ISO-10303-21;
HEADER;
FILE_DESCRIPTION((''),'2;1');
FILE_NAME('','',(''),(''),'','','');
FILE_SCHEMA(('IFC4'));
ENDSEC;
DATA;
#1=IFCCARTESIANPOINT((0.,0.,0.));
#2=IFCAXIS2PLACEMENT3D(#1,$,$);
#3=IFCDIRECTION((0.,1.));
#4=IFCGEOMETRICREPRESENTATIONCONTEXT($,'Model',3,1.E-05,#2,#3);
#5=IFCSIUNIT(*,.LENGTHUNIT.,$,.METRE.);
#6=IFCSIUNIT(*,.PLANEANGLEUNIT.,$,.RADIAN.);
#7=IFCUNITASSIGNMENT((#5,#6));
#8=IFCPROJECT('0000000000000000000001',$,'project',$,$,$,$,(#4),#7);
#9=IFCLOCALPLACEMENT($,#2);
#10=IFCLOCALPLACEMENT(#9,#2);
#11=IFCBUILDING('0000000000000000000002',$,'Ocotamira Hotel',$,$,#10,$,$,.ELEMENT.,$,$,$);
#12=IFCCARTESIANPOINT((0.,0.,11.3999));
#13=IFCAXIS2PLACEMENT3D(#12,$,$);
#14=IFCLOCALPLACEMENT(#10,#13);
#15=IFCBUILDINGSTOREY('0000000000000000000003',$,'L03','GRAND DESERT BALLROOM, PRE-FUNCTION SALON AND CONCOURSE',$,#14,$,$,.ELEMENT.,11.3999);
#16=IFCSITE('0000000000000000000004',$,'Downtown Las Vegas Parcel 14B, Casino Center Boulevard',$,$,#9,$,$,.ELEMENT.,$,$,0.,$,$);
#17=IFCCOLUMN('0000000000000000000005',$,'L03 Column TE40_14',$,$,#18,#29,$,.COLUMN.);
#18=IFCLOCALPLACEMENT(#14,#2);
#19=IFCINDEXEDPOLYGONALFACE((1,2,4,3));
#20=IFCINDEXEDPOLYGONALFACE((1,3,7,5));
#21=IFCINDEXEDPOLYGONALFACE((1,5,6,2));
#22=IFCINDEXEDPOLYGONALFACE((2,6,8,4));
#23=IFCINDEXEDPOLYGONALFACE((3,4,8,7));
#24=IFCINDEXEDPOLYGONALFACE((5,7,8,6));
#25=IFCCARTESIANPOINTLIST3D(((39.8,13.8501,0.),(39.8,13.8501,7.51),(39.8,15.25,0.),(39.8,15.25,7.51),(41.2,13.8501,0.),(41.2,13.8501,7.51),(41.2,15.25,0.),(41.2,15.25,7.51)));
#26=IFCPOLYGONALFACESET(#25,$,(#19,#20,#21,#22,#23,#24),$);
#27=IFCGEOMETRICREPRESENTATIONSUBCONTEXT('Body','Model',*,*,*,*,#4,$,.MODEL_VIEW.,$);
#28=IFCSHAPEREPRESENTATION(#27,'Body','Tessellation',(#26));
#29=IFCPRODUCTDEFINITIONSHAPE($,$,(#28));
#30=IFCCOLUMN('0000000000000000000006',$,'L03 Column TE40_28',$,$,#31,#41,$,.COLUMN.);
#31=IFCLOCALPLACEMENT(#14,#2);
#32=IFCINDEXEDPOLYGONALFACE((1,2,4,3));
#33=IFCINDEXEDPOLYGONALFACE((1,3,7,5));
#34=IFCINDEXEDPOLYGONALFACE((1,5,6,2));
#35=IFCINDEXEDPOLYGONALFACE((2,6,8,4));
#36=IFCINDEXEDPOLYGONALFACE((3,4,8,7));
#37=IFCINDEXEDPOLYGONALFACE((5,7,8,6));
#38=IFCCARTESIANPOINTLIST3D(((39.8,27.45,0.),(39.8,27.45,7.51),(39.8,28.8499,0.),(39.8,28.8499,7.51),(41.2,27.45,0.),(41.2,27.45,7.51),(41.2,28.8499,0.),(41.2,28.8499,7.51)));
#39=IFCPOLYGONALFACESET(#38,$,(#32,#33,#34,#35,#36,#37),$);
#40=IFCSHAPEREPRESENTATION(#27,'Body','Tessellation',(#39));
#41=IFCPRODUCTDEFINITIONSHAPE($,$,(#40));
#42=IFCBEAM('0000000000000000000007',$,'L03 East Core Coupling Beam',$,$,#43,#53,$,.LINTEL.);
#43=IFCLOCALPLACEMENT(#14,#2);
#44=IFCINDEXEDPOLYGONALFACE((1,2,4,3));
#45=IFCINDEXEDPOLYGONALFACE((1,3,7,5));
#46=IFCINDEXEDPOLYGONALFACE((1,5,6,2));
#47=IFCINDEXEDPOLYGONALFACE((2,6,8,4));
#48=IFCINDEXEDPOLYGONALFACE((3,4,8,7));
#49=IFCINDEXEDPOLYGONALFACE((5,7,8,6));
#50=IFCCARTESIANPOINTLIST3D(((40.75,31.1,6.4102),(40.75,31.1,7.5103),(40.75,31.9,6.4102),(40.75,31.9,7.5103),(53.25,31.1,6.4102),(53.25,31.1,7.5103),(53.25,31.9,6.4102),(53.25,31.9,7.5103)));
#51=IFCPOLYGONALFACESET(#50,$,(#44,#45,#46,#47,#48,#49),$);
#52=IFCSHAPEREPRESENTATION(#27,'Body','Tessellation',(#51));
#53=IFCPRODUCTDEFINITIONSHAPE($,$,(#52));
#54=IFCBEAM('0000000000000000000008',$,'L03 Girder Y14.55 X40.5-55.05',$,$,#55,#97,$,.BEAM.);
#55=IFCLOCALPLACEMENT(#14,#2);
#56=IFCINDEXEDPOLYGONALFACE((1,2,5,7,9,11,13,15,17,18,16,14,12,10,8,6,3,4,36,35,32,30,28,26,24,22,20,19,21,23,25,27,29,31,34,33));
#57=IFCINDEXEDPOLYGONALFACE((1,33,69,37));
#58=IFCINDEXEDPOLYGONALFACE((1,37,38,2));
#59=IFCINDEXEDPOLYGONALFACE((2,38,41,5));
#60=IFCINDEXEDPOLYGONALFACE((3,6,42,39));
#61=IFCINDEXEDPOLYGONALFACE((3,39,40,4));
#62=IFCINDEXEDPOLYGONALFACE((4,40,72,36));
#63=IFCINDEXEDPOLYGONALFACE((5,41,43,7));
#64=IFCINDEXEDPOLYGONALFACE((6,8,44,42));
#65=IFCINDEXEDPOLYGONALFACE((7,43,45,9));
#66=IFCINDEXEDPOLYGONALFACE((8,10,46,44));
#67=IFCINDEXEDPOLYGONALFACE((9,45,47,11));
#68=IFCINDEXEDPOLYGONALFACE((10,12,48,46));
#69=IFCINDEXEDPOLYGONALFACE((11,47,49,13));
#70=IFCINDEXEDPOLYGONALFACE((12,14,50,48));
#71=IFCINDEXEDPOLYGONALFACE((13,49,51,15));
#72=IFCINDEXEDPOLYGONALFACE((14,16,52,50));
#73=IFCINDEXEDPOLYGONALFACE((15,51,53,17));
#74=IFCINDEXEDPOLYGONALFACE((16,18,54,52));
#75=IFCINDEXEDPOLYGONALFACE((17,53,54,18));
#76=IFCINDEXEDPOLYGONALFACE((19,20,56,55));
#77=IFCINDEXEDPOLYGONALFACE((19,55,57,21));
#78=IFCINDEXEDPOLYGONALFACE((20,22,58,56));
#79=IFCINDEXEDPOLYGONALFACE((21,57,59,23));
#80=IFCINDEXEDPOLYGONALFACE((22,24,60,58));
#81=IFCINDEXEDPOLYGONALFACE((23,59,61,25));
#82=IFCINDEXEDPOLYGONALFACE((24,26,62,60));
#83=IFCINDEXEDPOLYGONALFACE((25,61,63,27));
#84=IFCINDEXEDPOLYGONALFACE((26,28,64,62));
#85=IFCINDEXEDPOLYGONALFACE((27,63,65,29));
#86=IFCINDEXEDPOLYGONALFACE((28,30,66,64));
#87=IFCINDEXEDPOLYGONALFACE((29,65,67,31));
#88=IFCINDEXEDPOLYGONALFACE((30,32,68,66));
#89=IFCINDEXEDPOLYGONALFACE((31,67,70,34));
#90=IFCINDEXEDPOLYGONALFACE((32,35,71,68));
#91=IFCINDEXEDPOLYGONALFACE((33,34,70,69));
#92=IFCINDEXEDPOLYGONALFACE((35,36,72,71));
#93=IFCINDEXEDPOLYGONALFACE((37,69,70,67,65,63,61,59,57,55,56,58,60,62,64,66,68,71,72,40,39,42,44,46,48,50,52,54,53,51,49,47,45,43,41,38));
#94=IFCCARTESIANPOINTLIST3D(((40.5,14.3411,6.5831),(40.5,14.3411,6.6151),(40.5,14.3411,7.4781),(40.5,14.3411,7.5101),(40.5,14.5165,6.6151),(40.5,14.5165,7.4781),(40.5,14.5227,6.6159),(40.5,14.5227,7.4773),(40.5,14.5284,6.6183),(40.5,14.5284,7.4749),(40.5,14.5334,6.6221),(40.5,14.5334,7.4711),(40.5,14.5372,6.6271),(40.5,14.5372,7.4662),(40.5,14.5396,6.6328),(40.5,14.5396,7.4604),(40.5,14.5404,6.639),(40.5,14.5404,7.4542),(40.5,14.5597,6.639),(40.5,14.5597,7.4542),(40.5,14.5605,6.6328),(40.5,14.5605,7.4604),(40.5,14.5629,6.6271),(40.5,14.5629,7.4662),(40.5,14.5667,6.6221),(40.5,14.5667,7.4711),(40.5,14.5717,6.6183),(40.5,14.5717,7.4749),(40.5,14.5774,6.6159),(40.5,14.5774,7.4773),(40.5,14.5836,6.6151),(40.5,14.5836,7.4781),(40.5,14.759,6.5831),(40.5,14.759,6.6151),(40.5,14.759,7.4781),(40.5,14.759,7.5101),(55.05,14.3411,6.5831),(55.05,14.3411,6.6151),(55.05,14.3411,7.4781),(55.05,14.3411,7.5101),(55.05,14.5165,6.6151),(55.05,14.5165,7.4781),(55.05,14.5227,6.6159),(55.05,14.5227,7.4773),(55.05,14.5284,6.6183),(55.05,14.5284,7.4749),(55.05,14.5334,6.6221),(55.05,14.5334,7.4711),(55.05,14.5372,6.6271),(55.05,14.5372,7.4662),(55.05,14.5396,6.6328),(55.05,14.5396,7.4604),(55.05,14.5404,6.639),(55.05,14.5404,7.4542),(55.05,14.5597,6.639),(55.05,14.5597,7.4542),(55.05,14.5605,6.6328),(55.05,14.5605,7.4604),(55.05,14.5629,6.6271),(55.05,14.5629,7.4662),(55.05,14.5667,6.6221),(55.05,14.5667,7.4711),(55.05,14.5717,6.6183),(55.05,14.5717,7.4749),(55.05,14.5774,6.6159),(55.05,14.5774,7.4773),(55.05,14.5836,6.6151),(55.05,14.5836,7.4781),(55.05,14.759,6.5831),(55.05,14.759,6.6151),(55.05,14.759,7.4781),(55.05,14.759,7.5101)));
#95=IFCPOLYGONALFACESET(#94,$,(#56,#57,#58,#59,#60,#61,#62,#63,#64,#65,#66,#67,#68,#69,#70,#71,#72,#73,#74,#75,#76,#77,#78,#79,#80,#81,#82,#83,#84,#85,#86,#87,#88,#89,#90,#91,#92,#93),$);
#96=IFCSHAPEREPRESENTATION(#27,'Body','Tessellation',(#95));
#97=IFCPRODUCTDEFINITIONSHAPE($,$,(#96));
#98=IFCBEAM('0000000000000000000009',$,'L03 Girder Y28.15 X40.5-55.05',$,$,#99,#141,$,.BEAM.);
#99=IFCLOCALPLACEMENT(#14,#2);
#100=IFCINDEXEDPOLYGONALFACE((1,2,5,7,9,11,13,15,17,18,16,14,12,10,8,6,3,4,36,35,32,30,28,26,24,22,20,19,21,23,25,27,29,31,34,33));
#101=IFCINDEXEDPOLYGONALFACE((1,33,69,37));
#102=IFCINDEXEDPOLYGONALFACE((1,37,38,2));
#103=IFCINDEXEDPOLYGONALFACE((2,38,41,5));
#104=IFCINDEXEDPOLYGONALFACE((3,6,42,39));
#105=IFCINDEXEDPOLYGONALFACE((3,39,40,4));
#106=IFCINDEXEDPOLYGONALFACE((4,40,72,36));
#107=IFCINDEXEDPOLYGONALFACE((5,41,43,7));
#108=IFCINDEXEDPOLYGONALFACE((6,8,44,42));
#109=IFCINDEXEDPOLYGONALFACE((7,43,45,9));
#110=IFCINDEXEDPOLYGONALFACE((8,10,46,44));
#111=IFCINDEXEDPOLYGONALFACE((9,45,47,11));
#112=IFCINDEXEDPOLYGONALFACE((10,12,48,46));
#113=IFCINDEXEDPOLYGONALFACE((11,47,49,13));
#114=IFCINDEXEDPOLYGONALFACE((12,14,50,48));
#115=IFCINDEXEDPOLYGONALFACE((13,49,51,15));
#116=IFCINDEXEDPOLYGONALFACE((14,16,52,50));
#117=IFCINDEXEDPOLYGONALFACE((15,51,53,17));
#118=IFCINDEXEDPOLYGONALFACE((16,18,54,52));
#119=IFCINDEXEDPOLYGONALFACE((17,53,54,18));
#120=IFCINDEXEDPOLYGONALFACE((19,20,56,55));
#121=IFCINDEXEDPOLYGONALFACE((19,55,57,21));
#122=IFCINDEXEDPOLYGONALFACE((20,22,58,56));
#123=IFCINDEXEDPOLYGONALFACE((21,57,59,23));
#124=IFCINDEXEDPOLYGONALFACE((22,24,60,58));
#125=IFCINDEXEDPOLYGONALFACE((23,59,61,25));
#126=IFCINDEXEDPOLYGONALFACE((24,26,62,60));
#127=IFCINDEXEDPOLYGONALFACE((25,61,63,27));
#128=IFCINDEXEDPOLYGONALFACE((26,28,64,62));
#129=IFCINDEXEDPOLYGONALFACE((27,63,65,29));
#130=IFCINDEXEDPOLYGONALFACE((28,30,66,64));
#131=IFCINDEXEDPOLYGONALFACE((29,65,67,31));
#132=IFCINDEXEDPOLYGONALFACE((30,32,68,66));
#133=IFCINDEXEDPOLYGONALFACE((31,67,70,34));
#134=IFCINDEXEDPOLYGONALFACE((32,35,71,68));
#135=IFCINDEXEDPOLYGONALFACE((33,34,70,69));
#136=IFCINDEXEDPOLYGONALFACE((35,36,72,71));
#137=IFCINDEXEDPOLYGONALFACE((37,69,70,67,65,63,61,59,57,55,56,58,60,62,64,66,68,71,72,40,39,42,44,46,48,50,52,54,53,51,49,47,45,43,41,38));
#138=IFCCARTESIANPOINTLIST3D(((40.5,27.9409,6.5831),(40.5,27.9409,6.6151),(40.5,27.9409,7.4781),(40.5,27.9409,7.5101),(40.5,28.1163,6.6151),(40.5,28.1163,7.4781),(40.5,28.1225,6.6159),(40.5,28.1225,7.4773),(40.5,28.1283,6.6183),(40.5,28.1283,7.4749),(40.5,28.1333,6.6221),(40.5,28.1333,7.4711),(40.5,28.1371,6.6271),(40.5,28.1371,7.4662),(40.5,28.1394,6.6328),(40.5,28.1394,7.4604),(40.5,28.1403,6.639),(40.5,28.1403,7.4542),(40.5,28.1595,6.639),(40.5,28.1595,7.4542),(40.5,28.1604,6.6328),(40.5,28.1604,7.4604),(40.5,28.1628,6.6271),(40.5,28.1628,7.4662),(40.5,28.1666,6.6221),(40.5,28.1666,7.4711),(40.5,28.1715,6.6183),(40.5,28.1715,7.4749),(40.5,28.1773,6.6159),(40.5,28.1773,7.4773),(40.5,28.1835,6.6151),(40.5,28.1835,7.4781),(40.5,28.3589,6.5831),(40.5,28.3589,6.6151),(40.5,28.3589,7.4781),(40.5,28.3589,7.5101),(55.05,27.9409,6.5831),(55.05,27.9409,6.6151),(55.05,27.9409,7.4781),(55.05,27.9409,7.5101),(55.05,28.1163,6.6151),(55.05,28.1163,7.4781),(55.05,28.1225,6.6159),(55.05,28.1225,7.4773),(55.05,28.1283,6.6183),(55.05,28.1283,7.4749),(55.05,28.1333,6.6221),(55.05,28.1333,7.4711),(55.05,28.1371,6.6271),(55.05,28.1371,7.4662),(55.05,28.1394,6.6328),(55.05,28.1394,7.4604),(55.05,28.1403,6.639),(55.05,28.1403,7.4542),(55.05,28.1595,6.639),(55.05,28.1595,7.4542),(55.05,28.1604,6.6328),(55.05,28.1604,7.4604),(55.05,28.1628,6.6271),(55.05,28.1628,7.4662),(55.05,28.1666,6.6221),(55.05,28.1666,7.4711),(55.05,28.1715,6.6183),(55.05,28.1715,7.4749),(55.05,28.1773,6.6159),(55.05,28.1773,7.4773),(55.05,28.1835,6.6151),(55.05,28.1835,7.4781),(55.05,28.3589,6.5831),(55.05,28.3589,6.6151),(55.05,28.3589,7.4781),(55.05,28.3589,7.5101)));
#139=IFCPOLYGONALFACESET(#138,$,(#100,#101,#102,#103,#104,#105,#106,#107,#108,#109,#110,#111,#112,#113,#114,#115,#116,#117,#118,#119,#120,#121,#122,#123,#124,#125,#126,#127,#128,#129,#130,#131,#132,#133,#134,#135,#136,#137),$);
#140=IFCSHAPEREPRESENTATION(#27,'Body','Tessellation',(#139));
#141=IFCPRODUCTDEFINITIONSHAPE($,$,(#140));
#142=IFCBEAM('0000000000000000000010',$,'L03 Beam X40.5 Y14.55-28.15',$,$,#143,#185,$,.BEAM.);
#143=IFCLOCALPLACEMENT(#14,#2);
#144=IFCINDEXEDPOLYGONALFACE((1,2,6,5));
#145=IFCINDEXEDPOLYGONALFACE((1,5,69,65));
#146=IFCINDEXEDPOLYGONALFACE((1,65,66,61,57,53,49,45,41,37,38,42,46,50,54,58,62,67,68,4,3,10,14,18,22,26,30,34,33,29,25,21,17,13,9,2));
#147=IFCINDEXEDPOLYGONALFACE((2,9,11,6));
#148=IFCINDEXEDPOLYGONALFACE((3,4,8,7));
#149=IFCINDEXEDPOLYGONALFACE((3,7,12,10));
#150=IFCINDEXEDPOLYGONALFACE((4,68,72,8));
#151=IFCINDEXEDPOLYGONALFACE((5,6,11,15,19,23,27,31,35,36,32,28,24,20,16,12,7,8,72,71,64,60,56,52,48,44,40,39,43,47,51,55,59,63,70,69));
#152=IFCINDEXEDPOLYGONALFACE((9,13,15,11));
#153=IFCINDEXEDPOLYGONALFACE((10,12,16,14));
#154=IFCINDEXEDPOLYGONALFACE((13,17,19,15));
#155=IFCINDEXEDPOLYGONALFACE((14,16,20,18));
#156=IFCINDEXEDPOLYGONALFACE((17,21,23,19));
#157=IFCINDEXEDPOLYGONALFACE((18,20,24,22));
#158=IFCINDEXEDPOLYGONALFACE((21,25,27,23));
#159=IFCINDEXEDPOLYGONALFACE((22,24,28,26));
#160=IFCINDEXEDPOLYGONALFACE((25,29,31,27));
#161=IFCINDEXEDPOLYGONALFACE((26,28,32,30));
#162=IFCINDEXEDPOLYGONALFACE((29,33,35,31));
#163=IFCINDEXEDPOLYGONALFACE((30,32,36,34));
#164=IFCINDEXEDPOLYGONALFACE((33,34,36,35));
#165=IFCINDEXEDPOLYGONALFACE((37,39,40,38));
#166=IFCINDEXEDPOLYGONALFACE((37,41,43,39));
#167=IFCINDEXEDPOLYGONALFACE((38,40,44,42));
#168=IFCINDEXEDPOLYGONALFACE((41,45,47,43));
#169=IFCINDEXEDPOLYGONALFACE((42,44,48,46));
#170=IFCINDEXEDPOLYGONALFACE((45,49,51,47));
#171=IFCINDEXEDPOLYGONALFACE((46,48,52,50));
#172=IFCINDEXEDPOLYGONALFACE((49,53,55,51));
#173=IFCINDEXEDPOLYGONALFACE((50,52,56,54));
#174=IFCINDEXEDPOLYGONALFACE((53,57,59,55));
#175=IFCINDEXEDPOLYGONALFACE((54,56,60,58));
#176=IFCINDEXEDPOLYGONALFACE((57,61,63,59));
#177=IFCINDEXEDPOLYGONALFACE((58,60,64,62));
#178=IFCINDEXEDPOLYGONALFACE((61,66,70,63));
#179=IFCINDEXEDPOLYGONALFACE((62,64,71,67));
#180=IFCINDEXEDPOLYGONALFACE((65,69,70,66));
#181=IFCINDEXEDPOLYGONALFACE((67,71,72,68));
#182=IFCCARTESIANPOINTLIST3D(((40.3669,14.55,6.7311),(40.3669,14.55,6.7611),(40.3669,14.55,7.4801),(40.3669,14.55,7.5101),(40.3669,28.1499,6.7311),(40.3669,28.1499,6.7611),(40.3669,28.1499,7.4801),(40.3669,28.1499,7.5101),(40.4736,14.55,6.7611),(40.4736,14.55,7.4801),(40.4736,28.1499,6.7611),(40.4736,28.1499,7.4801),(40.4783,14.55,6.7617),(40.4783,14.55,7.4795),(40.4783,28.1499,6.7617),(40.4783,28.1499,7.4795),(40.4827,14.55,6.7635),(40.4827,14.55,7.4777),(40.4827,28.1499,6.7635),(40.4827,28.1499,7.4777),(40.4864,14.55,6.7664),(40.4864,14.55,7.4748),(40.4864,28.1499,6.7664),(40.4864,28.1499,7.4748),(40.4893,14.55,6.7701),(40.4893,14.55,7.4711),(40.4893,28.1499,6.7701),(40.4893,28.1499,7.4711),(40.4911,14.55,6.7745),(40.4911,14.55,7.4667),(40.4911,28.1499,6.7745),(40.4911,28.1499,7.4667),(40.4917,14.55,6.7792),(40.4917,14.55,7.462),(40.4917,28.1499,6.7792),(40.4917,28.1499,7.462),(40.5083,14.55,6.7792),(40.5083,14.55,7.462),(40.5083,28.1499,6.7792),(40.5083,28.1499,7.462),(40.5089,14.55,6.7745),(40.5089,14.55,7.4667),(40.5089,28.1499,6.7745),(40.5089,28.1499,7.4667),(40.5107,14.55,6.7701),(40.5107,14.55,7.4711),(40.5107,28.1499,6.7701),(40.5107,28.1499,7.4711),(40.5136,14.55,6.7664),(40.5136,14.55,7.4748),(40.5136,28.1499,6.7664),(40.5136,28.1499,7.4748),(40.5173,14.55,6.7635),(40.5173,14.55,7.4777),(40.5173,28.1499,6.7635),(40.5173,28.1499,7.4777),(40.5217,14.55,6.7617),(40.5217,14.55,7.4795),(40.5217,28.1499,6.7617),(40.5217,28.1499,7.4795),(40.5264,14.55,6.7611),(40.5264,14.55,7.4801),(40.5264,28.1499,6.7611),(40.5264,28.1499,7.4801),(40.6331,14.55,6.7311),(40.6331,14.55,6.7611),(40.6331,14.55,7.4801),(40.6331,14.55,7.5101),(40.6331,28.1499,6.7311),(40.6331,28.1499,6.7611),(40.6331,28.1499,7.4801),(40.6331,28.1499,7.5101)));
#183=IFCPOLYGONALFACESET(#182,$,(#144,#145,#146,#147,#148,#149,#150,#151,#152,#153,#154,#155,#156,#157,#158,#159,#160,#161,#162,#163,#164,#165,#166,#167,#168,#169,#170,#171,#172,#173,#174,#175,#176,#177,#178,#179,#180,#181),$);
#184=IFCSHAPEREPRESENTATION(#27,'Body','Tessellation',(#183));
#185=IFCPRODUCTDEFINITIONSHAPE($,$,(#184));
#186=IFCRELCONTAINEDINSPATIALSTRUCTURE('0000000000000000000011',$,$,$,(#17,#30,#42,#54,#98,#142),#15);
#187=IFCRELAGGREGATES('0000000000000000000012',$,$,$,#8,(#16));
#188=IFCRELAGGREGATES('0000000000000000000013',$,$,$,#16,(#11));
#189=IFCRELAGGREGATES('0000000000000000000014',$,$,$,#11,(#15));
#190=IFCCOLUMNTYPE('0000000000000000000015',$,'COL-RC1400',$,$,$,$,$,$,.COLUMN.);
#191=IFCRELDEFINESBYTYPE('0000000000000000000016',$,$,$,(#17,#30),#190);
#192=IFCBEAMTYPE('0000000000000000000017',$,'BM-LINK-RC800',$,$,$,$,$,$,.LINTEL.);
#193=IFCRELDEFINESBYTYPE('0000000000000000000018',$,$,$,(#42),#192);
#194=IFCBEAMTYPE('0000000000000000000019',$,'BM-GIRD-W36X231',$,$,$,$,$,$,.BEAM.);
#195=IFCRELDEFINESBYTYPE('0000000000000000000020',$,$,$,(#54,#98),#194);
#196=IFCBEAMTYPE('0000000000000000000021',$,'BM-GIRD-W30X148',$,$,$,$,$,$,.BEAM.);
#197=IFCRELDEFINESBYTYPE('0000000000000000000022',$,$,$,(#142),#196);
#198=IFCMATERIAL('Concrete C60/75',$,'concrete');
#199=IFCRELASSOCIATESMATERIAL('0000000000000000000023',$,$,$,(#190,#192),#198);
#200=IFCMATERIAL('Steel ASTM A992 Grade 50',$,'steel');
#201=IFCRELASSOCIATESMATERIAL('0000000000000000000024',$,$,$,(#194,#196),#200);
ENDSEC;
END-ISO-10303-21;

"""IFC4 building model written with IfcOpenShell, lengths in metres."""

from ifc_helpers import new_model, si_unit, direction, frame, origin, origin_2d, place, context, subcontext, project, spatial, rectangle, i_section, extrude, source, transform, mapped, material, material_profile, profile_set, type_object, element, save


model = new_model("IFC4")

# Units and contexts
model_context = context("Model", 3, precision=1e-05, world=origin(), true_north=direction((0.0, 1.0)))
body_context = subcontext(model_context, "Body", "Model", "MODEL_VIEW")
ifc_project = project(units=[si_unit("LENGTHUNIT", "METRE"), si_unit("PLANEANGLEUNIT", "RADIAN")], contexts=[model_context])

# Site, building, storey
site_placement = place(None, origin())
site = spatial("IfcSite", under=ifc_project, at=site_placement, Name="Downtown Las Vegas Parcel 14B, Casino Center Boulevard", CompositionType="ELEMENT", RefElevation=0.0)
building_placement = place(site_placement, origin())
building = spatial("IfcBuilding", under=site, at=building_placement, Name="Ocotamira Hotel", CompositionType="ELEMENT")
storey_placement = place(building_placement, frame((0.0, 0.0, 11.3999)))
storey = spatial("IfcBuildingStorey", under=building, at=storey_placement, Name="L03", Description="GRAND DESERT BALLROOM, PRE-FUNCTION SALON AND CONCOURSE", CompositionType="ELEMENT", Elevation=11.3999)

# Columns
ifc_material_1 = material(Name="Concrete C60/75", Category="concrete")
ifc_material_profile_1 = material_profile(ifc_material_1, rectangle(XDim=1.3999, YDim=1.3999, at=origin_2d()), Name="RC1400X1400")
ifc_profile_set_1 = profile_set([ifc_material_profile_1], Name="Concrete C60/75")
column_type = type_object("IfcColumnType", Name="COL-RC1400", PredefinedType="COLUMN", material=ifc_profile_set_1)
shared_shape_1 = source(origin(), body_context, "Body", "SweptSolid", [
    extrude(rectangle(XDim=1.3999, YDim=1.3999, at=origin_2d()), origin(), (0.0, 0.0, 1.0), 7.51),
])
for number, where, z_axis, x_axis, name in (
    (1, (40.5, 14.55, 0.0), (0.0, 0.0, 1.0), (1.0, 0.0, 0.0), "L03 Column TE40_14"),
    (2, (40.5, 28.1499, 0.0), (0.0, 0.0, 1.0), (1.0, 0.0, 0.0), "L03 Column TE40_28"),
):
    element("IfcColumn", number, at=place(storey_placement, frame(where, z_axis=z_axis, x_axis=x_axis)), inside=storey, type_object=column_type, Name=name, PredefinedType="COLUMN", context=body_context, shape_type="MappedRepresentation", body=[
        mapped(shared_shape_1, transform((0.0, 0.0, 0.0), scale=1.0)),
    ])

# Beams
ifc_material_profile_2 = material_profile(ifc_material_1, rectangle(XDim=0.8, YDim=1.1001, at=origin_2d()), Name="RC800X1100")
ifc_profile_set_2 = profile_set([ifc_material_profile_2], Name="Concrete C60/75")
beam_type_1 = type_object("IfcBeamType", Name="BM-LINK-RC800", PredefinedType="LINTEL", material=ifc_profile_set_2)
shared_shape_2 = source(origin(), body_context, "Body", "SweptSolid", [
    extrude(rectangle(XDim=0.8, YDim=1.1001, at=origin_2d()), origin(), (0.0, 0.0, 1.0), 12.5),
])
beam_1_placement = place(storey_placement, frame((40.75, 31.5, 6.9602), z_axis=(1.0, 0.0, 0.0), x_axis=(0.0, 1.0, 0.0)))
element("IfcBeam", 3, at=beam_1_placement, inside=storey, type_object=beam_type_1, Name="L03 East Core Coupling Beam", PredefinedType="LINTEL", context=body_context, shape_type="MappedRepresentation", body=[
    mapped(shared_shape_2, transform((0.0, 0.0, 0.0), scale=1.0)),
])
ifc_material_2 = material(Name="Steel ASTM A992 Grade 50", Category="steel")
ifc_material_profile_3 = material_profile(ifc_material_2, i_section(OverallWidth=0.418, OverallDepth=0.927, WebThickness=0.0193, FlangeThickness=0.032, FilletRadius=0.0239, at=origin_2d()), Name="W36X231")
ifc_profile_set_3 = profile_set([ifc_material_profile_3], Name="Steel ASTM A992 Grade 50")
beam_type_2 = type_object("IfcBeamType", Name="BM-GIRD-W36X231", PredefinedType="BEAM", material=ifc_profile_set_3)
shared_shape_3 = source(origin(), body_context, "Body", "SweptSolid", [
    extrude(i_section(OverallWidth=0.418, OverallDepth=0.927, WebThickness=0.0193, FlangeThickness=0.032, FilletRadius=0.0239, at=origin_2d()), origin(), (0.0, 0.0, 1.0), 14.55),
])
for number, where, z_axis, x_axis, name in (
    (4, (40.5, 14.55, 7.0466), (1.0, 0.0, 0.0), (0.0, 1.0, 0.0), "L03 Girder Y14.55 X40.5-55.05"),
    (5, (40.5, 28.1499, 7.0466), (1.0, 0.0, 0.0), (0.0, 1.0, 0.0), "L03 Girder Y28.15 X40.5-55.05"),
):
    element("IfcBeam", number, at=place(storey_placement, frame(where, z_axis=z_axis, x_axis=x_axis)), inside=storey, type_object=beam_type_2, Name=name, PredefinedType="BEAM", context=body_context, shape_type="MappedRepresentation", body=[
        mapped(shared_shape_3, transform((0.0, 0.0, 0.0), scale=1.0)),
    ])
ifc_material_profile_4 = material_profile(ifc_material_2, i_section(OverallWidth=0.2661, OverallDepth=0.7791, WebThickness=0.0166, FlangeThickness=0.03, FilletRadius=0.0181, at=origin_2d()), Name="W30X148")
ifc_profile_set_4 = profile_set([ifc_material_profile_4], Name="Steel ASTM A992 Grade 50")
beam_type_3 = type_object("IfcBeamType", Name="BM-GIRD-W30X148", PredefinedType="BEAM", material=ifc_profile_set_4)
shared_shape_4 = source(origin(), body_context, "Body", "SweptSolid", [
    extrude(i_section(OverallWidth=0.2661, OverallDepth=0.7791, WebThickness=0.0166, FlangeThickness=0.03, FilletRadius=0.0181, at=origin_2d()), origin(), (0.0, 0.0, 1.0), 13.5999),
])
beam_2_placement = place(storey_placement, frame((40.5, 14.55, 7.1206), z_axis=(0.0, 1.0, 0.0), x_axis=(-1.0, 0.0, 0.0)))
element("IfcBeam", 6, at=beam_2_placement, inside=storey, type_object=beam_type_3, Name="L03 Beam X40.5 Y14.55-28.15", PredefinedType="BEAM", context=body_context, shape_type="MappedRepresentation", body=[
    mapped(shared_shape_4, transform((0.0, 0.0, 0.0), scale=1.0)),
])

save(model, "model.ifc")
